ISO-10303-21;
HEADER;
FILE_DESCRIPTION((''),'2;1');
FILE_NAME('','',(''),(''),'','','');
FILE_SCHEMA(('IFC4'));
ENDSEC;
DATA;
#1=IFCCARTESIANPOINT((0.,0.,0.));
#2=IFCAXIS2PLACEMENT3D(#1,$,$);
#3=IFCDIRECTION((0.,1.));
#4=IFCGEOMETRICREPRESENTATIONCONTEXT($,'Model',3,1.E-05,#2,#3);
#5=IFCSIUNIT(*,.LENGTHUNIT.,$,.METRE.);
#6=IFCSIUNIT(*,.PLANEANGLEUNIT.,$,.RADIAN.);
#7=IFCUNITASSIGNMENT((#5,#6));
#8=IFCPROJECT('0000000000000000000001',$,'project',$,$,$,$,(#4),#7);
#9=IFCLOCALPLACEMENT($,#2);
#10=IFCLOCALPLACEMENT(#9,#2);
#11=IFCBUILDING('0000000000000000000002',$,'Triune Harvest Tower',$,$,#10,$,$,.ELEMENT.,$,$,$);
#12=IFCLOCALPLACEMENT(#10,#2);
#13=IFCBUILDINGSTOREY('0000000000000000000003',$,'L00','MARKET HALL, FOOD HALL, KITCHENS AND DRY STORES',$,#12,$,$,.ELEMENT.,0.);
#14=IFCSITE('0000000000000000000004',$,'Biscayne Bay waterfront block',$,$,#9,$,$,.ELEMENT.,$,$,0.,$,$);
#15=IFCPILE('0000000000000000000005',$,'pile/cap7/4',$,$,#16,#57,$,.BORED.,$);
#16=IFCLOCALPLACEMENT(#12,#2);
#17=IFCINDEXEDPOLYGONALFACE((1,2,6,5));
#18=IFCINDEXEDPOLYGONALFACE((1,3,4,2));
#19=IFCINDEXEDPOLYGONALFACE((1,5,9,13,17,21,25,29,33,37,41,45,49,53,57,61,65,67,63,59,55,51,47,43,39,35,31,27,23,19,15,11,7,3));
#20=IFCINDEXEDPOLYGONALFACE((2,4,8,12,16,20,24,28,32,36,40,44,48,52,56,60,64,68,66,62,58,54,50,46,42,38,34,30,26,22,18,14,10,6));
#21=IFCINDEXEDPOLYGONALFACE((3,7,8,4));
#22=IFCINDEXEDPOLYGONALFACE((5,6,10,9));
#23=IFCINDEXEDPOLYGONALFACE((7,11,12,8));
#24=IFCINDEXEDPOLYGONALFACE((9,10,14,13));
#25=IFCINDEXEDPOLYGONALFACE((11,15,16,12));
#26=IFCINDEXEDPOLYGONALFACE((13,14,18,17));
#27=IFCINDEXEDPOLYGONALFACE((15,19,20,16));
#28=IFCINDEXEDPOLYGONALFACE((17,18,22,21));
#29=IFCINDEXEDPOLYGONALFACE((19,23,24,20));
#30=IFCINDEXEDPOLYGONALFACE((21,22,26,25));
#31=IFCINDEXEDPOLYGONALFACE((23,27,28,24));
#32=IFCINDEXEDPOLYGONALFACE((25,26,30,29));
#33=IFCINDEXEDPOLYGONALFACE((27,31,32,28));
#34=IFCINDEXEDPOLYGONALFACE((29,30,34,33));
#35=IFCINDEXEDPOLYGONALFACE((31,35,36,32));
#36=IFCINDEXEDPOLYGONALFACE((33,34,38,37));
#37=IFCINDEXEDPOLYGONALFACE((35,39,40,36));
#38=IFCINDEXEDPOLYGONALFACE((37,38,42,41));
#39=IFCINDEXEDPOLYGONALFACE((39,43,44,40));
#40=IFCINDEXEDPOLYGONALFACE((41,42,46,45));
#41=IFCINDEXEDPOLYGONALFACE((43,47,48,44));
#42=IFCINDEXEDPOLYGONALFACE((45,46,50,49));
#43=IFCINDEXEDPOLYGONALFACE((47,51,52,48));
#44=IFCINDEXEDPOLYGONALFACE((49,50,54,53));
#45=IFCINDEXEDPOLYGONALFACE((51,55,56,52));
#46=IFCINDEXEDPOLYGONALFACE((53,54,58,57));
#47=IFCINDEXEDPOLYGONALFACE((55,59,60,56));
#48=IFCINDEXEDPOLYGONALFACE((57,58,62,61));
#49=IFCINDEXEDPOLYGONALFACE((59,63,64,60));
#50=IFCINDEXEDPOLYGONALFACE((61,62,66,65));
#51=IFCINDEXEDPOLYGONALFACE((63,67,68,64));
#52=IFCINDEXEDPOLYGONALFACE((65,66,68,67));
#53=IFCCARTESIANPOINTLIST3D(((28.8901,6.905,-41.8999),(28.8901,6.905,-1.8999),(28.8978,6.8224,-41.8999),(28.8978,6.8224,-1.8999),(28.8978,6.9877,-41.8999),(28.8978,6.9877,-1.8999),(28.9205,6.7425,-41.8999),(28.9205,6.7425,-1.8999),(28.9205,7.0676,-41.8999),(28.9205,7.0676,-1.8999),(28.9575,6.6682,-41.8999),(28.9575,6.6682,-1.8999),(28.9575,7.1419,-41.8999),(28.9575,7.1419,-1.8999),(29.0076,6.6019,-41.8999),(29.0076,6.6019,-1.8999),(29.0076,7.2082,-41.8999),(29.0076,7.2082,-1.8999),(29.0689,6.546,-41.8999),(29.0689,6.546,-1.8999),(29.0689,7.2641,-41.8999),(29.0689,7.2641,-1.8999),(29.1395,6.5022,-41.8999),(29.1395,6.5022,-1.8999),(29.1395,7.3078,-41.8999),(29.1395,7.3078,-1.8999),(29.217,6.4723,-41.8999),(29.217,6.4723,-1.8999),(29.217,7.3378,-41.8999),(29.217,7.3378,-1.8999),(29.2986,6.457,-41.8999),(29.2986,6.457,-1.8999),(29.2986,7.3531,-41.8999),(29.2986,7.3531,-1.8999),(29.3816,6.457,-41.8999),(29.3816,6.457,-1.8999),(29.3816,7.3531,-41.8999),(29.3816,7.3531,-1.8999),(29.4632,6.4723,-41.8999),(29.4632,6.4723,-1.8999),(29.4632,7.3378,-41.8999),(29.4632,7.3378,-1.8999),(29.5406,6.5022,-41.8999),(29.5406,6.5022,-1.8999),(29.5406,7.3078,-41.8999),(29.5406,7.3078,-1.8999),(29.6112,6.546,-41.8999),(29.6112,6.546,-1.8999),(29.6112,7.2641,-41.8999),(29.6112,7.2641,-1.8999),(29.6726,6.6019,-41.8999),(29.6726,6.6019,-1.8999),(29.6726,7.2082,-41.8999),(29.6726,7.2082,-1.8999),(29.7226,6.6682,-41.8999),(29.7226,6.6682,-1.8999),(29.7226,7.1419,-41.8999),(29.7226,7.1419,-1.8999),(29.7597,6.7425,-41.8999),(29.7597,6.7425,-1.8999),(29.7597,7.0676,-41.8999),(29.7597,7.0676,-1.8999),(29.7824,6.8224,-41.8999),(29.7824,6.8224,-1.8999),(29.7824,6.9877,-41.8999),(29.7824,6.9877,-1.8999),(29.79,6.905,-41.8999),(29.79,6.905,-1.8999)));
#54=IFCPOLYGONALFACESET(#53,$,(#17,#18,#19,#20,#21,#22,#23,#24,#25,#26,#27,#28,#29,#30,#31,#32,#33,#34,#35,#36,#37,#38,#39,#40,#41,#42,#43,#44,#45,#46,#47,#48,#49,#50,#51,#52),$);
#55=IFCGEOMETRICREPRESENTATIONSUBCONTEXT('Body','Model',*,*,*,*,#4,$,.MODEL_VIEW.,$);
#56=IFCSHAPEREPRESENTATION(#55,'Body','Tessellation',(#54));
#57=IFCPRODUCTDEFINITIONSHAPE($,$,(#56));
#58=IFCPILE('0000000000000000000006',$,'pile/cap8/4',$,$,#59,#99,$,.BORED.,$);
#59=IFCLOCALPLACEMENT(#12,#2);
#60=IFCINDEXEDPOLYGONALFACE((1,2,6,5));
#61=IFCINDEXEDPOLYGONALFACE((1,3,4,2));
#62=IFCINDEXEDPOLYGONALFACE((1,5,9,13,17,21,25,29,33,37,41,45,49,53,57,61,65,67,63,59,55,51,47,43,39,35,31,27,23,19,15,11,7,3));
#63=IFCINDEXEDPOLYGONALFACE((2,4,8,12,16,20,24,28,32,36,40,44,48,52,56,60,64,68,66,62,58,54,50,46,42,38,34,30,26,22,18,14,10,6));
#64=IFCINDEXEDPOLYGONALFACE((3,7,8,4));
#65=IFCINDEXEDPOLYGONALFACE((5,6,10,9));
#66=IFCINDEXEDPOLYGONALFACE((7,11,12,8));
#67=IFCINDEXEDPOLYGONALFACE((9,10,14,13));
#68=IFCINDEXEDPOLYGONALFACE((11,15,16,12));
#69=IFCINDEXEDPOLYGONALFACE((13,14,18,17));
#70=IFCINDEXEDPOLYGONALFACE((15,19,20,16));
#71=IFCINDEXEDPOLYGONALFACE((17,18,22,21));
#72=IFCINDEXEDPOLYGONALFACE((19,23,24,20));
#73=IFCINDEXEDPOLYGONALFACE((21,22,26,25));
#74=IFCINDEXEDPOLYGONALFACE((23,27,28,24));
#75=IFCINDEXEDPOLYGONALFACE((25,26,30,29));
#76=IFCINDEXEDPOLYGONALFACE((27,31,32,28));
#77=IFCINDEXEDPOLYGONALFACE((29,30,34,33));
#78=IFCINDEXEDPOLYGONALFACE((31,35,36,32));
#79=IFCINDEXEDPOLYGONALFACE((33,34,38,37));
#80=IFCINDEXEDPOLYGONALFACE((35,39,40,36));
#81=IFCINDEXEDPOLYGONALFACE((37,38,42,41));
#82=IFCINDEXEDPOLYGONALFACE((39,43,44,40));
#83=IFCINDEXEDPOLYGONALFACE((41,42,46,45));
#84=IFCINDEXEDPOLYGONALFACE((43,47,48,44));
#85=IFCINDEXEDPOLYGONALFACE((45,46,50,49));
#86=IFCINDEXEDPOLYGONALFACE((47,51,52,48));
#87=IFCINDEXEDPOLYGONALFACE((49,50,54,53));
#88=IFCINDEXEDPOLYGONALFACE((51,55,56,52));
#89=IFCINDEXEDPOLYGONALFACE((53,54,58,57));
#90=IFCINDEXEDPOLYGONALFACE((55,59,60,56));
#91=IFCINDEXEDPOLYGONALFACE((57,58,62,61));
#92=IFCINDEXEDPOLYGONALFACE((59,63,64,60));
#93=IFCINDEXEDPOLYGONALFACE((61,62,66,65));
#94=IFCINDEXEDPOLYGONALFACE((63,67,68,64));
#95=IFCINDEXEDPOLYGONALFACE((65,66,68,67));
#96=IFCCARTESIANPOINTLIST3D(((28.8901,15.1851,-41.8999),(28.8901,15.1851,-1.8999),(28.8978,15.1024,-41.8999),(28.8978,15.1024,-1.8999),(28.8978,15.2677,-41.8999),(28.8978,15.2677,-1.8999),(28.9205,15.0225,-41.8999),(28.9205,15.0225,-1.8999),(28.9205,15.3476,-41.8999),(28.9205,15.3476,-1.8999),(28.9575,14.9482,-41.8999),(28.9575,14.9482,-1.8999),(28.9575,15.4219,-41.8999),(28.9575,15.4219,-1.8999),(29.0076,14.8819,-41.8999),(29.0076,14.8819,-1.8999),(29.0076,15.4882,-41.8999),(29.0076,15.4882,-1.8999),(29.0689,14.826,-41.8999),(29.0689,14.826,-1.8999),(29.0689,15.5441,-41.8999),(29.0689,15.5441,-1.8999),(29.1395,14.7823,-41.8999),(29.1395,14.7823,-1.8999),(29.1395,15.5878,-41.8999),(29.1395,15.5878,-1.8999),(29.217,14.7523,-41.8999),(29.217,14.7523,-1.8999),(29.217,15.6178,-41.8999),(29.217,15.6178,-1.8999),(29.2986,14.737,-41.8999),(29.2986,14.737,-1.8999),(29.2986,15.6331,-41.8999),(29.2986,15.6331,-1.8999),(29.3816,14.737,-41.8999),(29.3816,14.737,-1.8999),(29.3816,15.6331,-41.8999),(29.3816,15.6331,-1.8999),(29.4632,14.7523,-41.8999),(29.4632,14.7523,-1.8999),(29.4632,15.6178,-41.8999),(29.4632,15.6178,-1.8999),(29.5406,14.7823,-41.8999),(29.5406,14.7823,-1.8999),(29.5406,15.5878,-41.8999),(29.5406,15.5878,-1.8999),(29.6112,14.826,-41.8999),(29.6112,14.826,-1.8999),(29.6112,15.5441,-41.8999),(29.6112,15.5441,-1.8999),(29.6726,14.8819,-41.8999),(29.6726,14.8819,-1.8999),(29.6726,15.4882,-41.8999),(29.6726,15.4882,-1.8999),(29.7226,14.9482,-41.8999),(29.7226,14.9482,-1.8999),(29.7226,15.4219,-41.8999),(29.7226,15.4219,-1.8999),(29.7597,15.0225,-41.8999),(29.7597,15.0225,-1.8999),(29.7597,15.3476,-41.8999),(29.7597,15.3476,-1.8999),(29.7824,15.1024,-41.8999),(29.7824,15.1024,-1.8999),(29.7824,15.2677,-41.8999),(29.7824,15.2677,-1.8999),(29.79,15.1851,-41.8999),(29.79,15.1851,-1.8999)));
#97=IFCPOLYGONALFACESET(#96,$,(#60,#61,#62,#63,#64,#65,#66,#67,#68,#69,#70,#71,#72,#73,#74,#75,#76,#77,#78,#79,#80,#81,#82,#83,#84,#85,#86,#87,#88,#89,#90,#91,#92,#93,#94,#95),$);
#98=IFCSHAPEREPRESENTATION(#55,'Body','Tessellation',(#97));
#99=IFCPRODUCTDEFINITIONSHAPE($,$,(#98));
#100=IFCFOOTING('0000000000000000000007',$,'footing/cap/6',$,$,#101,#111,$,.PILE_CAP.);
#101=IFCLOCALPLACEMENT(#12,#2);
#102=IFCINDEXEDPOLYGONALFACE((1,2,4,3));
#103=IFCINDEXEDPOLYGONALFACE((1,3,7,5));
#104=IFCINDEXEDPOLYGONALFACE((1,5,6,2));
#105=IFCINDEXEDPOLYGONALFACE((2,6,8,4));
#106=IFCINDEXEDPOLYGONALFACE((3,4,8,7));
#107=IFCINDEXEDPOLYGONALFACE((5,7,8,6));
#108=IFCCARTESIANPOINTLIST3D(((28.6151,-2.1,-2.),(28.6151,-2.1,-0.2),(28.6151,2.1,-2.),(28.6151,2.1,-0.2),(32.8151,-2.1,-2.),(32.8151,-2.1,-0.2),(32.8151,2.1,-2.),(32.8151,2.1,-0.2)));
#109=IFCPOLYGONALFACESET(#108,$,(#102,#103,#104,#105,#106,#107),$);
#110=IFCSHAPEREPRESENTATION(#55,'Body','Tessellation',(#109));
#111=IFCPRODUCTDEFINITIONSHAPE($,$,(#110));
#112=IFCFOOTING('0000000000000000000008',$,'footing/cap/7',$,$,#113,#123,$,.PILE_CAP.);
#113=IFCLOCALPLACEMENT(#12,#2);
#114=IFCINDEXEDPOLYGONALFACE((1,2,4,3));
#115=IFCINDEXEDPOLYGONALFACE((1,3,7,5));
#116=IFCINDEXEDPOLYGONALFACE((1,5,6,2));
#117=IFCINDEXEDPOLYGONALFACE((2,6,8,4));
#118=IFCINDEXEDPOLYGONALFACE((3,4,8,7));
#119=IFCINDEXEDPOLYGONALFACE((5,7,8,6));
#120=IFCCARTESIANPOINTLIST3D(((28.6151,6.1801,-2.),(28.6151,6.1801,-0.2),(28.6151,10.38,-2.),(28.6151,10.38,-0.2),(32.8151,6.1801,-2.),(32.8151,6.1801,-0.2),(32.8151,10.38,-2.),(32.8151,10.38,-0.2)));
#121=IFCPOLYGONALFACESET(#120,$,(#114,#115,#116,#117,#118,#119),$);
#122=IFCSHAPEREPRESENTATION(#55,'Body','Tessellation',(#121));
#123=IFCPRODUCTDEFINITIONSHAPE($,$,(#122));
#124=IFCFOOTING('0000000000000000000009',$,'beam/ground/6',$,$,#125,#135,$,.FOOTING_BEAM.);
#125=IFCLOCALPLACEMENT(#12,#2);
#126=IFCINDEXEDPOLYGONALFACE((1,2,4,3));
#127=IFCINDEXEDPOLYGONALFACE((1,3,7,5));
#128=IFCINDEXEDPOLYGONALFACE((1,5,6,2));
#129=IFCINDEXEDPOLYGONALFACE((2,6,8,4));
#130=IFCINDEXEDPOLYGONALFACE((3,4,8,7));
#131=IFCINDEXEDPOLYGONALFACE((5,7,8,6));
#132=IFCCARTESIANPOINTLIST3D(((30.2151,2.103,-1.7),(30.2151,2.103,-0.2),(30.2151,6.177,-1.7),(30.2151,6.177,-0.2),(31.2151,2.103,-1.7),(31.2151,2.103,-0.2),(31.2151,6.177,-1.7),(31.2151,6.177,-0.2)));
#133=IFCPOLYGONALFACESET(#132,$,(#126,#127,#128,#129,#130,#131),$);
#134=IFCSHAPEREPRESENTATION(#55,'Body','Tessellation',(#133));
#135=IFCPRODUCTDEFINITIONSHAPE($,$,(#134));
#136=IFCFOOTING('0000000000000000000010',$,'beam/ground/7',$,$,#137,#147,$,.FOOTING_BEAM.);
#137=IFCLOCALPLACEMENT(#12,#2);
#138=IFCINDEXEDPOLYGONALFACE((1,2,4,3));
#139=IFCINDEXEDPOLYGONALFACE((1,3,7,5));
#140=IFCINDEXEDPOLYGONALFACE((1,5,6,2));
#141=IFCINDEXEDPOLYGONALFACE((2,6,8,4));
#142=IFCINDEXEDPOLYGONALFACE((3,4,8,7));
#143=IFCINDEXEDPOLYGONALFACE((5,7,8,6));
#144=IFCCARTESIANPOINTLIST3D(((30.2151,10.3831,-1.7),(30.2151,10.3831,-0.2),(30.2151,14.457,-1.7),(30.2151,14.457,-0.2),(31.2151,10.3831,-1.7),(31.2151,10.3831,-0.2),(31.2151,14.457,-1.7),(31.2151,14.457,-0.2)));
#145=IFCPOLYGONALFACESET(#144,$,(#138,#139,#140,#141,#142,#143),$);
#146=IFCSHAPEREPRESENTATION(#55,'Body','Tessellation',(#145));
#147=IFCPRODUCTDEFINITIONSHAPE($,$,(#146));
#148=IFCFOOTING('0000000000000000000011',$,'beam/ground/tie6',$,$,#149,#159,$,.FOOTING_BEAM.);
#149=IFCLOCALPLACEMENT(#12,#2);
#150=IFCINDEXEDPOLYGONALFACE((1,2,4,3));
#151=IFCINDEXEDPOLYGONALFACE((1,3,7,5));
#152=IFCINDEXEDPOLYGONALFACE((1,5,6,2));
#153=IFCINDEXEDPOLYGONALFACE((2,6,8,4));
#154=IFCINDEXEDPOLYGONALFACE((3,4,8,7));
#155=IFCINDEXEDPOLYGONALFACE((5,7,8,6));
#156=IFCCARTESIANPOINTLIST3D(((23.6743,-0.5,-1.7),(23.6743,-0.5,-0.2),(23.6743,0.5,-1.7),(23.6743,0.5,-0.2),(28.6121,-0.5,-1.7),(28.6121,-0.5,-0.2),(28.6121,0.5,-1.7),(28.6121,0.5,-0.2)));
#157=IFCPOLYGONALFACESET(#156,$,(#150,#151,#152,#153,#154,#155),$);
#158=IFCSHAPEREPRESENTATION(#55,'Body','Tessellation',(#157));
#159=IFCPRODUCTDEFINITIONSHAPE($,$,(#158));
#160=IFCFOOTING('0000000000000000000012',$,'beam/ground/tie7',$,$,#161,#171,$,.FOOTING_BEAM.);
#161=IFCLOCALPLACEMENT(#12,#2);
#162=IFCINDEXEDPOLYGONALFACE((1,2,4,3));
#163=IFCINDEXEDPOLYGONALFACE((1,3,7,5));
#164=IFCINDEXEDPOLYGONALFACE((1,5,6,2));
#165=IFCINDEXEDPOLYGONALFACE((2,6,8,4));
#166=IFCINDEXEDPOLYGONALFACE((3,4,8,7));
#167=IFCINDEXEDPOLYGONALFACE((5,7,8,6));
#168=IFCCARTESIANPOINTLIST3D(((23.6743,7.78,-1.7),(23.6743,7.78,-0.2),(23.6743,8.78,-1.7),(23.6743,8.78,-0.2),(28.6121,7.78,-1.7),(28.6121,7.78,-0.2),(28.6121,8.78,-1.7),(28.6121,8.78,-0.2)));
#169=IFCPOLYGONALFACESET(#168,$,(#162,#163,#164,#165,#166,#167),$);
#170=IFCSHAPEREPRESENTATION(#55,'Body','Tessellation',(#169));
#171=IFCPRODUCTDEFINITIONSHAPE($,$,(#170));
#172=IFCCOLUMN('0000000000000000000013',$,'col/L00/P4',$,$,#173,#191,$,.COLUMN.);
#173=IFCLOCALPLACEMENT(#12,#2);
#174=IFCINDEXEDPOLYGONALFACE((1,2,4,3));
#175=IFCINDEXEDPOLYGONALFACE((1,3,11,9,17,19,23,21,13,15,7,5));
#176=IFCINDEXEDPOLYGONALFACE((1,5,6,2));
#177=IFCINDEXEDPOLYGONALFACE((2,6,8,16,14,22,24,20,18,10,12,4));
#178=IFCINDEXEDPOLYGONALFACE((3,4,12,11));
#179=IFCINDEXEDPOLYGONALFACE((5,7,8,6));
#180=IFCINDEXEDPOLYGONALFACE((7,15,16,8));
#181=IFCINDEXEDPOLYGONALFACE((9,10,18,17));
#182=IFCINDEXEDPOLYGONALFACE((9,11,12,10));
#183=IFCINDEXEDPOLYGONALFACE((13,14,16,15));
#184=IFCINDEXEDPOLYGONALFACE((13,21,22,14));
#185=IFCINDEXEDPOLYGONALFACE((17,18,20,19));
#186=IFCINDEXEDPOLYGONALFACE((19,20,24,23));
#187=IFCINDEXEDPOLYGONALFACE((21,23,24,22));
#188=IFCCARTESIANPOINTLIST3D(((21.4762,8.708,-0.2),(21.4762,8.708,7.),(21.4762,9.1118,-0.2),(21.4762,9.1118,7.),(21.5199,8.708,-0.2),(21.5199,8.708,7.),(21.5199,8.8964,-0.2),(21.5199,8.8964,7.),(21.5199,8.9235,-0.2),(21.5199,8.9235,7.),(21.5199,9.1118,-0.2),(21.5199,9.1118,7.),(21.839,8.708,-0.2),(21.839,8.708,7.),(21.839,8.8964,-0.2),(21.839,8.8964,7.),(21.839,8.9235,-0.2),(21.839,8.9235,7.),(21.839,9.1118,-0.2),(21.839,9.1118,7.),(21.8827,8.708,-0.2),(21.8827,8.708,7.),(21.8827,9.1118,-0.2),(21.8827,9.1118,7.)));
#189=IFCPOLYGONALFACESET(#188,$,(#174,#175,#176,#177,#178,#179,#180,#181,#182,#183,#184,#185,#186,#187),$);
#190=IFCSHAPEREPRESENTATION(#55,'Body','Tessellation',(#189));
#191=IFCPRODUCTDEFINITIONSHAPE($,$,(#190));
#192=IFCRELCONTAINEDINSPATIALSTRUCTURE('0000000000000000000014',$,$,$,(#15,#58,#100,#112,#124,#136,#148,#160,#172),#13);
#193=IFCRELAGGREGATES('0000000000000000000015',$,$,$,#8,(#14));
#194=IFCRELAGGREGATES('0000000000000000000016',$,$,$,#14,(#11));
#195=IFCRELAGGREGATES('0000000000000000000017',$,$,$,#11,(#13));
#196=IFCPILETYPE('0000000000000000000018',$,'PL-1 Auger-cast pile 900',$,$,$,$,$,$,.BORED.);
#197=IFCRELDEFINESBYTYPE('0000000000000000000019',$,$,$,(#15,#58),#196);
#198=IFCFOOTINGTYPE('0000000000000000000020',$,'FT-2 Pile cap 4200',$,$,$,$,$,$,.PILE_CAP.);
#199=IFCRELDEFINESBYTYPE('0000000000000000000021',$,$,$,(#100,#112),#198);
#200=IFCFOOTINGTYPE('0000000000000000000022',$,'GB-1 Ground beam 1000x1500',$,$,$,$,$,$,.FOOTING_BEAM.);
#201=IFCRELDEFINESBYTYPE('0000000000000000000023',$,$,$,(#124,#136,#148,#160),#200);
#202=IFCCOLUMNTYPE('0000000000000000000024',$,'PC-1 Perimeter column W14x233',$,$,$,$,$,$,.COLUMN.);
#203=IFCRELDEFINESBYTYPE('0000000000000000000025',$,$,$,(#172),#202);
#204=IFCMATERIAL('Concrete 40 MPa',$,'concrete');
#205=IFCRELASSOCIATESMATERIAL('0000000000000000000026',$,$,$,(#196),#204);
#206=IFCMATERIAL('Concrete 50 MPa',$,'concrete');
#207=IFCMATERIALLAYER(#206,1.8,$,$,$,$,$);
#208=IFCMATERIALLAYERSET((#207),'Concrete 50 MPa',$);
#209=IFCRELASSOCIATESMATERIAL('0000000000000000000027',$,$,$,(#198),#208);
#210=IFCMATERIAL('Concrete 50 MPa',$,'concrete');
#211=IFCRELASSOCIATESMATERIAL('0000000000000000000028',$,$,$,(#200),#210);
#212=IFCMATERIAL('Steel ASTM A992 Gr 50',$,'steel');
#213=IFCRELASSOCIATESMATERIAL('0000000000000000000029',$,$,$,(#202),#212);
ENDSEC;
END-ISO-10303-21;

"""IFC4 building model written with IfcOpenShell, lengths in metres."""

from ifc_helpers import new_model, si_unit, direction, frame, origin, origin_2d, place, context, subcontext, project, spatial, rectangle, circle, i_section, extrude, source, transform, mapped, material, layer, layer_set, material_profile, profile_set, type_object, element, save


model = new_model("IFC4")

# Units and contexts
model_context = context("Model", 3, precision=1e-05, world=origin(), true_north=direction((0.0, 1.0)))
body_context = subcontext(model_context, "Body", "Model", "MODEL_VIEW")
ifc_project = project(units=[si_unit("LENGTHUNIT", "METRE"), si_unit("PLANEANGLEUNIT", "RADIAN")], contexts=[model_context])

# Site, building, storey
site_placement = place(None, origin())
site = spatial("IfcSite", under=ifc_project, at=site_placement, Name="Biscayne Bay waterfront block", CompositionType="ELEMENT", RefElevation=0.0)
building_placement = place(site_placement, origin())
building = spatial("IfcBuilding", under=site, at=building_placement, Name="Triune Harvest Tower", CompositionType="ELEMENT")
storey_placement = place(building_placement, origin())
storey = spatial("IfcBuildingStorey", under=building, at=storey_placement, Name="L00", Description="MARKET HALL, FOOD HALL, KITCHENS AND DRY STORES", CompositionType="ELEMENT", Elevation=0.0)

# Piles
ifc_material_1 = material(Name="Concrete 40 MPa", Category="concrete")
ifc_material_profile_1 = material_profile(ifc_material_1, circle(Radius=0.45, at=origin_2d()), Name="Bored 900")
ifc_profile_set_1 = profile_set([ifc_material_profile_1], Name="Concrete 40 MPa")
pile_type = type_object("IfcPileType", Name="PL-1 Auger-cast pile 900", PredefinedType="BORED", material=ifc_profile_set_1)
shared_shape_1 = source(origin(), body_context, "Body", "SweptSolid", [
    extrude(circle(Radius=0.45, at=origin_2d()), origin(), (0.0, 0.0, 1.0), 40.0),
])
for number, where, z_axis, x_axis, name in (
    (1, (29.3401, 6.905, -1.8999), (0.0, 0.0, -1.0), (1.0, 0.0, 0.0), "pile/cap7/4"),
    (2, (29.3401, 15.1851, -1.8999), (0.0, 0.0, -1.0), (1.0, 0.0, 0.0), "pile/cap8/4"),
):
    element("IfcPile", number, at=place(storey_placement, frame(where, z_axis=z_axis, x_axis=x_axis)), inside=storey, type_object=pile_type, Name=name, PredefinedType="BORED", context=body_context, shape_type="MappedRepresentation", body=[
        mapped(shared_shape_1, transform((0.0, 0.0, 0.0), scale=1.0)),
    ])

# Footings
ifc_material_2 = material(Name="Concrete 50 MPa", Category="concrete")
ifc_layer_1 = layer(ifc_material_2, 1.8)
ifc_layer_set_1 = layer_set([ifc_layer_1], Name="Concrete 50 MPa")
footing_type_1 = type_object("IfcFootingType", Name="FT-2 Pile cap 4200", PredefinedType="PILE_CAP", material=ifc_layer_set_1)
shared_shape_2 = source(origin(), body_context, "Body", "SweptSolid", [
    extrude(rectangle(XDim=4.2, YDim=4.2, at=origin_2d()), origin(), (0.0, 0.0, 1.0), 1.8),
])
for number, where, z_axis, x_axis, name in (
    (3, (30.7151, 0.0, -2.0), (0.0, 0.0, 1.0), (0.0, 1.0, 0.0), "footing/cap/6"),
    (4, (30.7151, 8.28, -2.0), (0.0, 0.0, 1.0), (0.0, 1.0, 0.0), "footing/cap/7"),
):
    element("IfcFooting", number, at=place(storey_placement, frame(where, z_axis=z_axis, x_axis=x_axis)), inside=storey, type_object=footing_type_1, Name=name, PredefinedType="PILE_CAP", context=body_context, shape_type="MappedRepresentation", body=[
        mapped(shared_shape_2, transform((0.0, 0.0, 0.0), scale=1.0)),
    ])
ifc_material_3 = material(Name="Concrete 50 MPa", Category="concrete")
ifc_material_profile_2 = material_profile(ifc_material_3, rectangle(XDim=1.0, YDim=1.5, at=origin_2d()), Name="Concrete 1000x1500")
ifc_profile_set_2 = profile_set([ifc_material_profile_2], Name="Concrete 50 MPa")
footing_type_2 = type_object("IfcFootingType", Name="GB-1 Ground beam 1000x1500", PredefinedType="FOOTING_BEAM", material=ifc_profile_set_2)
shared_shape_3 = source(origin(), body_context, "Body", "SweptSolid", [
    extrude(rectangle(XDim=1.0, YDim=1.5, at=origin_2d()), origin(), (0.0, 0.0, 1.0), 4.074),
])
for number, where, z_axis, x_axis, name in (
    (5, (30.7151, 2.103, -0.95), (0.0, 1.0, 0.0), (-1.0, 0.0, 0.0), "beam/ground/6"),
    (6, (30.7151, 10.3831, -0.95), (0.0, 1.0, 0.0), (-1.0, 0.0, 0.0), "beam/ground/7"),
):
    element("IfcFooting", number, at=place(storey_placement, frame(where, z_axis=z_axis, x_axis=x_axis)), inside=storey, type_object=footing_type_2, Name=name, PredefinedType="FOOTING_BEAM", context=body_context, shape_type="MappedRepresentation", body=[
        mapped(shared_shape_3, transform((0.0, 0.0, 0.0), scale=1.0)),
    ])
shared_shape_4 = source(origin(), body_context, "Body", "SweptSolid", [
    extrude(rectangle(XDim=1.0, YDim=1.5, at=origin_2d()), origin(), (0.0, 0.0, 1.0), 4.9377),
])
for number, where, z_axis, x_axis, name in (
    (7, (28.6121, 0.0, -0.95), (-1.0, 0.0, 0.0), (0.0, -1.0, 0.0), "beam/ground/tie6"),
    (8, (28.6121, 8.28, -0.95), (-1.0, 0.0, 0.0), (0.0, -1.0, 0.0), "beam/ground/tie7"),
):
    element("IfcFooting", number, at=place(storey_placement, frame(where, z_axis=z_axis, x_axis=x_axis)), inside=storey, type_object=footing_type_2, Name=name, PredefinedType="FOOTING_BEAM", context=body_context, shape_type="MappedRepresentation", body=[
        mapped(shared_shape_4, transform((0.0, 0.0, 0.0), scale=1.0)),
    ])

# Column
ifc_material_4 = material(Name="Steel ASTM A992 Gr 50", Category="steel")
ifc_material_profile_3 = material_profile(ifc_material_4, i_section(OverallWidth=0.4038, OverallDepth=0.4065, WebThickness=0.0271, FlangeThickness=0.0437, at=origin_2d()), Name="W14x233")
ifc_profile_set_3 = profile_set([ifc_material_profile_3], Name="Steel ASTM A992 Gr 50")
column_type_1 = type_object("IfcColumnType", Name="PC-1 Perimeter column W14x233", PredefinedType="COLUMN", material=ifc_profile_set_3)
shared_shape_5 = source(origin(), body_context, "Body", "SweptSolid", [
    extrude(i_section(OverallWidth=0.4038, OverallDepth=0.4065, WebThickness=0.0271, FlangeThickness=0.0437, at=origin_2d()), origin(), (0.0, 0.0, 1.0), 7.2),
])
column_placement = place(storey_placement, frame((21.6794, 8.9099, -0.2), z_axis=(0.0, 0.0, 1.0), x_axis=(0.0, 1.0, 0.0)))
element("IfcColumn", 9, at=column_placement, inside=storey, type_object=column_type_1, Name="col/L00/P4", PredefinedType="COLUMN", context=body_context, shape_type="MappedRepresentation", body=[
    mapped(shared_shape_5, transform((0.0, 0.0, 0.0), scale=1.0)),
])

save(model, "model.ifc")
